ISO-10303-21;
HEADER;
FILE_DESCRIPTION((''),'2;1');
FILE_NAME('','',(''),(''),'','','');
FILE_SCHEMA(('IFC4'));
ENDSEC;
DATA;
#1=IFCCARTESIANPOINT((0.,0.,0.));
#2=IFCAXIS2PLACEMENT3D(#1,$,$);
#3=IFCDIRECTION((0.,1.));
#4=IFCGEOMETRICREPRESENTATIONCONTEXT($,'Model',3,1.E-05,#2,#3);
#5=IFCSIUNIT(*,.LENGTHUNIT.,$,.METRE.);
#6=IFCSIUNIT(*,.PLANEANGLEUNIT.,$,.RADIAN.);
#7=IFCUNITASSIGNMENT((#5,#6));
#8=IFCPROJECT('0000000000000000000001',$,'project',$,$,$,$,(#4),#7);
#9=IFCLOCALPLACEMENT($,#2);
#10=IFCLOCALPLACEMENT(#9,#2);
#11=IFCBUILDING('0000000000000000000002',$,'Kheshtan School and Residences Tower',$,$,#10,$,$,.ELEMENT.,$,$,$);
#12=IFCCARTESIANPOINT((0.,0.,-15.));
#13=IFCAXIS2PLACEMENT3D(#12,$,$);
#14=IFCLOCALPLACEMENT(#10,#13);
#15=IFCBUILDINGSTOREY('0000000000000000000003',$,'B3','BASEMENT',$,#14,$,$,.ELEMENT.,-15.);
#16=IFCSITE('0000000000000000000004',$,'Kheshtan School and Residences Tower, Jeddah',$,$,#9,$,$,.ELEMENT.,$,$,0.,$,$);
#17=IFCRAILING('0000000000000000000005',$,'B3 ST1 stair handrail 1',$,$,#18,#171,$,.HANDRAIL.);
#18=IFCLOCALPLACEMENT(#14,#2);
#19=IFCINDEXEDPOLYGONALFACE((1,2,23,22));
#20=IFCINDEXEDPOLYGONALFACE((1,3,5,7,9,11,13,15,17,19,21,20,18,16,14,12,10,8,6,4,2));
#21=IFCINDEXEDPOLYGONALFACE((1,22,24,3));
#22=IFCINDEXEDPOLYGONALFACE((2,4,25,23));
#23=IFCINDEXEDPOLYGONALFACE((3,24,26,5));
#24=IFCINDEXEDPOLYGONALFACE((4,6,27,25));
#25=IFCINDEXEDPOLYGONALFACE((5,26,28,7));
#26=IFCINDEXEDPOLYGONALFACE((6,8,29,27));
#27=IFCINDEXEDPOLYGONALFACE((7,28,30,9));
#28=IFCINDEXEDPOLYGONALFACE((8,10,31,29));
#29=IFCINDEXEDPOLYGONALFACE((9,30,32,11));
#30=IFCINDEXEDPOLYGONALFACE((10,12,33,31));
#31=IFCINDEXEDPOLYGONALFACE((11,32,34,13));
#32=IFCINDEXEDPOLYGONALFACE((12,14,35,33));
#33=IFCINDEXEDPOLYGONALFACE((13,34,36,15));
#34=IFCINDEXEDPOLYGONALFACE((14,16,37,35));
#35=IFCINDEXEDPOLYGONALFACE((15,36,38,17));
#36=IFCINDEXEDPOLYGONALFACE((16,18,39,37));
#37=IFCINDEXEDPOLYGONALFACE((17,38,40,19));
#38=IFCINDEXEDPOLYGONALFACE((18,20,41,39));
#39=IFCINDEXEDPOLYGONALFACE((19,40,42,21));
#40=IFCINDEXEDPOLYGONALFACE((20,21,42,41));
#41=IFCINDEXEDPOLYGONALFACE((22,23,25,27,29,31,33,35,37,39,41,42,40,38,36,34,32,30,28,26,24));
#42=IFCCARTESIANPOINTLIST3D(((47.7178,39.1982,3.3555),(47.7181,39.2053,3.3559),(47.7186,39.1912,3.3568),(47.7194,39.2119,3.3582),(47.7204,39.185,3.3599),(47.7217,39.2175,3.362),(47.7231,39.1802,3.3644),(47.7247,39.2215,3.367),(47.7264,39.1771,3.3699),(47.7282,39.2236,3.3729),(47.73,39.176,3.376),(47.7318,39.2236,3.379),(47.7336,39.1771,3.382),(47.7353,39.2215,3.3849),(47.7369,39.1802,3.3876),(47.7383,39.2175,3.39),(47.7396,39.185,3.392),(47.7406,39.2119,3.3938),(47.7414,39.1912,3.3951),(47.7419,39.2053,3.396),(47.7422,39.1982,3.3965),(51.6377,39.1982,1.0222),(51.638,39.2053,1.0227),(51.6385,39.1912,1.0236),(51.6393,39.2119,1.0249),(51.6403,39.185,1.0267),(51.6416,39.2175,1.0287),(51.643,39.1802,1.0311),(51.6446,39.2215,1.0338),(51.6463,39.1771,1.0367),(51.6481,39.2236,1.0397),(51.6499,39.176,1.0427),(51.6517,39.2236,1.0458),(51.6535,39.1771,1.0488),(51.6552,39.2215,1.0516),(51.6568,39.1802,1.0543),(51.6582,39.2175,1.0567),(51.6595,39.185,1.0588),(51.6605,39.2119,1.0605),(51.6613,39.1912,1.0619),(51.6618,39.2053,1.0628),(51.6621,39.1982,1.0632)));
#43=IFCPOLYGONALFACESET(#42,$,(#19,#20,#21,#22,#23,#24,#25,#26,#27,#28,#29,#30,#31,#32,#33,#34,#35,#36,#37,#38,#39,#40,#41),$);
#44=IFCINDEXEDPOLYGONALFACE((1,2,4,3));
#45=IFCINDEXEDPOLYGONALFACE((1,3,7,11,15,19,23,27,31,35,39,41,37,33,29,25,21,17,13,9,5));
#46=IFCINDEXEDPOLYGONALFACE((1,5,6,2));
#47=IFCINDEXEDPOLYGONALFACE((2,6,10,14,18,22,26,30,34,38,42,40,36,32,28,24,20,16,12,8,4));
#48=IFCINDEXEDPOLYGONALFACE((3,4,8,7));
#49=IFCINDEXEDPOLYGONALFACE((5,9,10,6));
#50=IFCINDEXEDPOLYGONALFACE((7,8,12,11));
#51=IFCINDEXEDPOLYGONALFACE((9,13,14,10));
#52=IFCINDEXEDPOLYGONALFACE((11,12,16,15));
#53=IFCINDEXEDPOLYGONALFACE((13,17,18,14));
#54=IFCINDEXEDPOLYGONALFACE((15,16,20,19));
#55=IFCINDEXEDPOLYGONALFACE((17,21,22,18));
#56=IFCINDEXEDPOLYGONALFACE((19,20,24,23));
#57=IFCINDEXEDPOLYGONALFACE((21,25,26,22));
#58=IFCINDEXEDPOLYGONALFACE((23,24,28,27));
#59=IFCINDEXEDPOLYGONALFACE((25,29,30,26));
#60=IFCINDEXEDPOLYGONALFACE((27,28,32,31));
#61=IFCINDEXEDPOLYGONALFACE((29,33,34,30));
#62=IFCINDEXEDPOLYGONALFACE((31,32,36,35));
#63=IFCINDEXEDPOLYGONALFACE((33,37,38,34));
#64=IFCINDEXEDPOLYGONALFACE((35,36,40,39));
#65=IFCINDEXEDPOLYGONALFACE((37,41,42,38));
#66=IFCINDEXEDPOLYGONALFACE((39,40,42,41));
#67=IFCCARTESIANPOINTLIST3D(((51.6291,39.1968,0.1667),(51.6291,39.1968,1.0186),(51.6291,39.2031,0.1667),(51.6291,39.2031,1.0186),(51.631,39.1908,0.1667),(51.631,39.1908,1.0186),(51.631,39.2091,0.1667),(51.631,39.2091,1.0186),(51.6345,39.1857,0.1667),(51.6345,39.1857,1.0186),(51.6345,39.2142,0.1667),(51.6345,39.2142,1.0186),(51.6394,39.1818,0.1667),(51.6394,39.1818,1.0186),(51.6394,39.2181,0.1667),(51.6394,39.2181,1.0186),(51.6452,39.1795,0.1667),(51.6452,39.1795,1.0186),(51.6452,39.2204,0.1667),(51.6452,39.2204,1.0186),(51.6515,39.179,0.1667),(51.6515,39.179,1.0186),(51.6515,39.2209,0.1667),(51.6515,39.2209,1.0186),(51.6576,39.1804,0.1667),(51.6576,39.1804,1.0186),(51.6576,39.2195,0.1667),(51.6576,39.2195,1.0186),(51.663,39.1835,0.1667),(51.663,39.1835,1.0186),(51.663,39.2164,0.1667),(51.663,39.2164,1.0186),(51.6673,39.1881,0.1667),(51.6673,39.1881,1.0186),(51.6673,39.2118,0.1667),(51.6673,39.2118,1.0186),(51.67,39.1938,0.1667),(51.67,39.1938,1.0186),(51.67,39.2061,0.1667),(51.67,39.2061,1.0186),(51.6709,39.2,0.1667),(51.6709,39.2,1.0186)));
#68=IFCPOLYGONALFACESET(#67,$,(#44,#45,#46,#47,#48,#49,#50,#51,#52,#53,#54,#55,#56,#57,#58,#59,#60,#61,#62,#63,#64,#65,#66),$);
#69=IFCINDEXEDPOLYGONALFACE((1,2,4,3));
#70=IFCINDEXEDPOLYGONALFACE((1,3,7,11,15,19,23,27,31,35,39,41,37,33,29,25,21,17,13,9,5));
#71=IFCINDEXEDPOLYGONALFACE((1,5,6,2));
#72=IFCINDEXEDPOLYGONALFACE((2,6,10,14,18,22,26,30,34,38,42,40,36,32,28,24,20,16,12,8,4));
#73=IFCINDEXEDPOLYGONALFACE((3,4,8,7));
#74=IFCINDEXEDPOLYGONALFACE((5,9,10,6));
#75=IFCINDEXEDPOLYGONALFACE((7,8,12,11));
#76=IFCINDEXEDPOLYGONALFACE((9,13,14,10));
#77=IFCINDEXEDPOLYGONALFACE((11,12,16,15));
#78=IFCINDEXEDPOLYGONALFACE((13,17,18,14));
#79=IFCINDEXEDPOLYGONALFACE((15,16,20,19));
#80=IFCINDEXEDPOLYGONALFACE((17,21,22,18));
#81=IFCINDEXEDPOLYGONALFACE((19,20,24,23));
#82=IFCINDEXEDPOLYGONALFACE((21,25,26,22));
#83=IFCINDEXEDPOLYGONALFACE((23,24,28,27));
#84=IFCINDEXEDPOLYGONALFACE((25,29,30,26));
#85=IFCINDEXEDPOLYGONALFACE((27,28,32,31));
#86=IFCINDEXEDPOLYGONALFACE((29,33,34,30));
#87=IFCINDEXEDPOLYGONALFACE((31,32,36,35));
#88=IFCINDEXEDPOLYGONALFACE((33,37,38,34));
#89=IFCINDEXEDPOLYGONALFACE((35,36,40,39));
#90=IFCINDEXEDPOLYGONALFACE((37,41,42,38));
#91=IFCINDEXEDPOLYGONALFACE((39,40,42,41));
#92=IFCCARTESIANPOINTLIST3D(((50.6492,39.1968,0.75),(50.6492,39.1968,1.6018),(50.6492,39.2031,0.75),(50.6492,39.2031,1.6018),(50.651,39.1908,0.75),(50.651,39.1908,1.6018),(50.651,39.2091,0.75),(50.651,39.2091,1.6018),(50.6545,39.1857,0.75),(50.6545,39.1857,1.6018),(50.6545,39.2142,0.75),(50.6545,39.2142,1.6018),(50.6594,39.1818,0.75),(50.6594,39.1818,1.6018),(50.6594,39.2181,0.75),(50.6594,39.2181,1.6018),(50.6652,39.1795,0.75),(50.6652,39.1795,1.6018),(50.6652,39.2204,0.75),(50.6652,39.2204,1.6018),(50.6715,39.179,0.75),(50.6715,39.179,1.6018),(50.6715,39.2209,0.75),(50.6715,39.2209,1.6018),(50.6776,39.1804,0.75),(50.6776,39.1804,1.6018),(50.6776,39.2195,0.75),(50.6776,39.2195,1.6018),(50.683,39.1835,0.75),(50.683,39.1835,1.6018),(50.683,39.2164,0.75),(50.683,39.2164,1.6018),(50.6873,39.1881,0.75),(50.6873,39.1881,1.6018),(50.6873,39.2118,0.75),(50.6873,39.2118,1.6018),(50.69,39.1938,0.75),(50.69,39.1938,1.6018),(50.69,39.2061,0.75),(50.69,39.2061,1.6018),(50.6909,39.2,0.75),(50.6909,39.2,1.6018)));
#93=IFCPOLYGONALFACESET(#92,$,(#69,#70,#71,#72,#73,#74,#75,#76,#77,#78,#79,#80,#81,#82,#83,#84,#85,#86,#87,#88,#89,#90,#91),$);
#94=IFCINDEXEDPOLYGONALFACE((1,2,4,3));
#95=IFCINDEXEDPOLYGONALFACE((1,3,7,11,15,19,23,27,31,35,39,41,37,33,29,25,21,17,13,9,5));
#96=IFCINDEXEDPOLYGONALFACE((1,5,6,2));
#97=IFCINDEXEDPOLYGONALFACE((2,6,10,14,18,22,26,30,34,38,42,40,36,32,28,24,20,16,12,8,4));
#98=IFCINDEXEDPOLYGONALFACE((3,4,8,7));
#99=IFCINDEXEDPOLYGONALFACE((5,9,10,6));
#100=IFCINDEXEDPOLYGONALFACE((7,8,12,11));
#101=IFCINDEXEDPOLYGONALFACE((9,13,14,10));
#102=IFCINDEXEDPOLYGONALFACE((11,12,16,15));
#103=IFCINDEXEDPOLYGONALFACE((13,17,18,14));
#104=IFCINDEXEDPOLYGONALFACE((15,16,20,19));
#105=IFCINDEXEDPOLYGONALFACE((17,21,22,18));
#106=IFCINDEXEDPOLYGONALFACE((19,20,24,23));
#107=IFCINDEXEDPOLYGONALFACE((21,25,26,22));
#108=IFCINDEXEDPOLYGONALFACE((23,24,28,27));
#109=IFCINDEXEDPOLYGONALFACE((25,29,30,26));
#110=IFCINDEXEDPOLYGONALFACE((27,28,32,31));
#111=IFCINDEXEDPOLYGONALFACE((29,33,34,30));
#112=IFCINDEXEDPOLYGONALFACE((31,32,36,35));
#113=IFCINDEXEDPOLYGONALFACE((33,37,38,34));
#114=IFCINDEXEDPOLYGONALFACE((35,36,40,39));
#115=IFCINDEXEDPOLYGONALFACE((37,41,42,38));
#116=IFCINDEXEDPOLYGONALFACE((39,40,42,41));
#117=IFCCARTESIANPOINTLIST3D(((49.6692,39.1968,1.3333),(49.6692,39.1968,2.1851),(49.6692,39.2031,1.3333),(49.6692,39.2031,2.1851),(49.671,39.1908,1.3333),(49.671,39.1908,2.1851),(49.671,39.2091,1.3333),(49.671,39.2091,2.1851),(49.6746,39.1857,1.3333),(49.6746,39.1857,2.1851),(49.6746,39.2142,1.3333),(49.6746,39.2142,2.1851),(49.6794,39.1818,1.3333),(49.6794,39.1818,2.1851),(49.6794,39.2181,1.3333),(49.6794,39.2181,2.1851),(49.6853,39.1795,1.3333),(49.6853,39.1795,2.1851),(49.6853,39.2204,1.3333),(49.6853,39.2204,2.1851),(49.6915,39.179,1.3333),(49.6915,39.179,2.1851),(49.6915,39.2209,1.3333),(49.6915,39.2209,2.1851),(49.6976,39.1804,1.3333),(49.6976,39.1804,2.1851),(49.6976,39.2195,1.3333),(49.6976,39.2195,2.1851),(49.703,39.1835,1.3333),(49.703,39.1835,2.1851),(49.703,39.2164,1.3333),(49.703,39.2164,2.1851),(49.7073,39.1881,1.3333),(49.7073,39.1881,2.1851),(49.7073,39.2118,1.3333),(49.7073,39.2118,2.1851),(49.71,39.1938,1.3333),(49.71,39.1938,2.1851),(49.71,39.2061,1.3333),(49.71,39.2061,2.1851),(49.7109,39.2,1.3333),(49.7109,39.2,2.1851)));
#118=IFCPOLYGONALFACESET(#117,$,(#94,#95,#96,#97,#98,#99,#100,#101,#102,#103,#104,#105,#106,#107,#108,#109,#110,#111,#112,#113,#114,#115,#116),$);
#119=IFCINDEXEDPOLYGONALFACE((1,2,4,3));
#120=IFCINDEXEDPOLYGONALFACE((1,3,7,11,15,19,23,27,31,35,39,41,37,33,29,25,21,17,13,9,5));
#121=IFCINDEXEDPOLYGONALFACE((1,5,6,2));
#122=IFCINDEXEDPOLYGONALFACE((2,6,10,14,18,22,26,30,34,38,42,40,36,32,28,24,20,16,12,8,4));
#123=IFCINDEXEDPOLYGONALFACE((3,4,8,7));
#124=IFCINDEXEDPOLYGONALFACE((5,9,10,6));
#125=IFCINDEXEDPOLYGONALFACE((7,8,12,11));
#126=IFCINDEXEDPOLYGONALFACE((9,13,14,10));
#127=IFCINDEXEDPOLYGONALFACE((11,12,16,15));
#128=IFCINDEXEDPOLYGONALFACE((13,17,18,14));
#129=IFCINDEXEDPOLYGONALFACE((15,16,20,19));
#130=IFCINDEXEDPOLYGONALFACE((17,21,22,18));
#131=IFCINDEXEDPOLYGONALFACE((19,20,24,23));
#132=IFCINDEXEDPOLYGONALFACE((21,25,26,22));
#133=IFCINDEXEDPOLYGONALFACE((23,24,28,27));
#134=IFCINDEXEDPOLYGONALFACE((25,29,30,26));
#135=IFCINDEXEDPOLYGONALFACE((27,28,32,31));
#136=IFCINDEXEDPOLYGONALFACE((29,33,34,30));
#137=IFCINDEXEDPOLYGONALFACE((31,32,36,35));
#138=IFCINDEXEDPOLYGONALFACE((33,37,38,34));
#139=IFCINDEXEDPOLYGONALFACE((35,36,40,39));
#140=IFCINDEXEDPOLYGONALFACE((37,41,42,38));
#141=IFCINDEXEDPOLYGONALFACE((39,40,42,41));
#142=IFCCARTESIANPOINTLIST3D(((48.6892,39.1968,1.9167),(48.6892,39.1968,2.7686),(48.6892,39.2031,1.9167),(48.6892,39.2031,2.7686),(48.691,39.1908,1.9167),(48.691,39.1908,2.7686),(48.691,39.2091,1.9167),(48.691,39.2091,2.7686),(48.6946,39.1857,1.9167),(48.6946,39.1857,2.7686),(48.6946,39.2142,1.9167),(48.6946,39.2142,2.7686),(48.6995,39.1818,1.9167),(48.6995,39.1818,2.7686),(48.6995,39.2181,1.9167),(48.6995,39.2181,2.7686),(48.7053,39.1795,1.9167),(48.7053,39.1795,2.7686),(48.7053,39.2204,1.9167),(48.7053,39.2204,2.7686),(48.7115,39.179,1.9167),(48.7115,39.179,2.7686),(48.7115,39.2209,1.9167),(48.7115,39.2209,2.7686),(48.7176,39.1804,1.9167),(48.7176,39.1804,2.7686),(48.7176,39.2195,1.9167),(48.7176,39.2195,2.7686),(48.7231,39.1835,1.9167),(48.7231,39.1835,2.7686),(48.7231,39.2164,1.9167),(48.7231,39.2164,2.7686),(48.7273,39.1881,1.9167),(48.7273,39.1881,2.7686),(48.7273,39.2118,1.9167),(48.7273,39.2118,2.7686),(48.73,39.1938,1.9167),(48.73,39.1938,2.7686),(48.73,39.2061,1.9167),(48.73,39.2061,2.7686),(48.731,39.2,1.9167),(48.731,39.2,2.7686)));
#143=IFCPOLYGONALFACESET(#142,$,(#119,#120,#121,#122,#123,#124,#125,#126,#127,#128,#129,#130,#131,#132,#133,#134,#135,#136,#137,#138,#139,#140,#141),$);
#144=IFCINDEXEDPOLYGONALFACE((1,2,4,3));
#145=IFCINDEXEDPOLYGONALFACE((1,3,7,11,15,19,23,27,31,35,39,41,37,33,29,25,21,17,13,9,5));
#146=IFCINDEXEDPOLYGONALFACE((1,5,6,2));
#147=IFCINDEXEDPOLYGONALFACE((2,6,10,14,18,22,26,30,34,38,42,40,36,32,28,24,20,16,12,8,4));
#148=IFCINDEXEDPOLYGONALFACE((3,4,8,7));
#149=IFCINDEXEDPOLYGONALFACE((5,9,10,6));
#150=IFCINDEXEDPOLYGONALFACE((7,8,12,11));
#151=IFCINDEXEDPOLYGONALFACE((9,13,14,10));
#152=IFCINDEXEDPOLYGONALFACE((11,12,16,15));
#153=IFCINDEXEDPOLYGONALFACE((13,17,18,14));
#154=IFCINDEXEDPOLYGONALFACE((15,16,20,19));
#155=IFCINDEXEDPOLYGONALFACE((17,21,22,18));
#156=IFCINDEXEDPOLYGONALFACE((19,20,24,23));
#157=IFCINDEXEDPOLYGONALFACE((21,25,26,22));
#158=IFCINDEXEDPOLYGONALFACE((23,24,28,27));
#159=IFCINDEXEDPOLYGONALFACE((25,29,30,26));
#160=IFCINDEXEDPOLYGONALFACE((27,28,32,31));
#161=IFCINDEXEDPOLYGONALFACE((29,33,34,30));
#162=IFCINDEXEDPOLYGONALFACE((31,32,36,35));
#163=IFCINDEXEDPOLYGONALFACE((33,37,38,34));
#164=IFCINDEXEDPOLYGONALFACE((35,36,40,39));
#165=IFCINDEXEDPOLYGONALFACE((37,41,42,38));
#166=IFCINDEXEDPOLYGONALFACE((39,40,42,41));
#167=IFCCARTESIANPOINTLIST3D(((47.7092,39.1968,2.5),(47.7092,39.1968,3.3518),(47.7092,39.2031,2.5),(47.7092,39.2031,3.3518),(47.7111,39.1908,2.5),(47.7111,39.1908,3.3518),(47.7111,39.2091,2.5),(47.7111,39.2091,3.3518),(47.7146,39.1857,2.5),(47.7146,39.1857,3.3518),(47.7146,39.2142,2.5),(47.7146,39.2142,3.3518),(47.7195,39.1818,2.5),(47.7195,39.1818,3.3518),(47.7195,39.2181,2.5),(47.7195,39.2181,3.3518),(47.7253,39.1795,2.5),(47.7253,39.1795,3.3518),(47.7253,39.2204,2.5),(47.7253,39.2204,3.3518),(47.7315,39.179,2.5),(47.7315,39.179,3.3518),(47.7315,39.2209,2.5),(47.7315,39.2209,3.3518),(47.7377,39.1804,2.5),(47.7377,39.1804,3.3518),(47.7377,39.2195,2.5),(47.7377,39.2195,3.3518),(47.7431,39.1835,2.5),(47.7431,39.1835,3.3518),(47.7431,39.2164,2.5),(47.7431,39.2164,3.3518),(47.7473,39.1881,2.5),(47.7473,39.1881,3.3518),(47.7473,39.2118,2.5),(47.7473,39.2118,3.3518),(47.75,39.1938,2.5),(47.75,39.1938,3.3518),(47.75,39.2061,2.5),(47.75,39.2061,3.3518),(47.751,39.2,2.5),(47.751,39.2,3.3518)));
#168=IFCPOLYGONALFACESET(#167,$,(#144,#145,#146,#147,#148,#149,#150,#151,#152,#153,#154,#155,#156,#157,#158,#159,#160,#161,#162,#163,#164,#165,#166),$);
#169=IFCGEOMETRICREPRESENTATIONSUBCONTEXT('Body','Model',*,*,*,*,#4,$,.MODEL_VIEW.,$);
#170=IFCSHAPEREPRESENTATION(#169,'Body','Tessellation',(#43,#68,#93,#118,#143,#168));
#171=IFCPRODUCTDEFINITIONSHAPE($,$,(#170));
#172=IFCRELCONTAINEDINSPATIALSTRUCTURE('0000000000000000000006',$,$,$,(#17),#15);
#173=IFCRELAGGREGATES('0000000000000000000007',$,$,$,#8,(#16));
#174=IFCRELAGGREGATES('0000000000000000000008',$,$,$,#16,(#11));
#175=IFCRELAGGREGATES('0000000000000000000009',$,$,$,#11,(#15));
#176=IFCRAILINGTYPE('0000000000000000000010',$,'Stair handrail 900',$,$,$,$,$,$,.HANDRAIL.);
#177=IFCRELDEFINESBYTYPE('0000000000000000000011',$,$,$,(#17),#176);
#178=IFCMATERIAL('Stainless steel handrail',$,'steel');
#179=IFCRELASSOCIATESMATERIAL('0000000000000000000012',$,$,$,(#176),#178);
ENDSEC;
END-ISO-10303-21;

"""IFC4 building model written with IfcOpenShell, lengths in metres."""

from ifc_helpers import new_model, si_unit, direction, frame, origin, origin_2d, place, context, subcontext, project, spatial, circle, extrude, material, type_object, element, save


model = new_model("IFC4")

# Units and contexts
model_context = context("Model", 3, precision=1e-05, world=origin(), true_north=direction((0.0, 1.0)))
body_context = subcontext(model_context, "Body", "Model", "MODEL_VIEW")
ifc_project = project(units=[si_unit("LENGTHUNIT", "METRE"), si_unit("PLANEANGLEUNIT", "RADIAN")], contexts=[model_context])

# Site, building, storey
site_placement = place(None, origin())
site = spatial("IfcSite", under=ifc_project, at=site_placement, Name="Kheshtan School and Residences Tower, Jeddah", CompositionType="ELEMENT", RefElevation=0.0)
building_placement = place(site_placement, origin())
building = spatial("IfcBuilding", under=site, at=building_placement, Name="Kheshtan School and Residences Tower", CompositionType="ELEMENT")
storey_placement = place(building_placement, frame((0.0, 0.0, -15.0)))
storey = spatial("IfcBuildingStorey", under=building, at=storey_placement, Name="B3", Description="BASEMENT", CompositionType="ELEMENT", Elevation=-15.0)

# Railing
ifc_material_1 = material(Name="Stainless steel handrail", Category="steel")
railing_type_1 = type_object("IfcRailingType", Name="Stair handrail 900", PredefinedType="HANDRAIL", material=ifc_material_1)
railing_1_placement = place(storey_placement, frame((51.6499, 39.2, 0.1667)))
element("IfcRailing", 1, at=railing_1_placement, inside=storey, type_object=railing_type_1, Name="B3 ST1 stair handrail 1", PredefinedType="HANDRAIL", context=body_context, shape_type="SweptSolid", body=[
    extrude(circle(Radius=0.0239, at=origin_2d()), frame((0.0, 0.0, 0.876), z_axis=(-0.859296, 0.0, 0.511478), x_axis=(0.0, -1.0, 0.0)), (0.0, 0.0, 1.0), 4.5618),
    extrude(circle(Radius=0.021, at=origin_2d()), origin(), (0.0, 0.0, 1.0), 0.8518),
    extrude(circle(Radius=0.021, at=origin_2d()), frame((-0.98, 0.0, 0.5833)), (0.0, 0.0, 1.0), 0.8518),
    extrude(circle(Radius=0.021, at=origin_2d()), frame((-1.96, 0.0, 1.1665)), (0.0, 0.0, 1.0), 0.8518),
    extrude(circle(Radius=0.021, at=origin_2d()), frame((-2.9399, 0.0, 1.75)), (0.0, 0.0, 1.0), 0.8518),
    extrude(circle(Radius=0.021, at=origin_2d()), frame((-3.9199, 0.0, 2.3333)), (0.0, 0.0, 1.0), 0.8518),
])

save(model, "model.ifc")
